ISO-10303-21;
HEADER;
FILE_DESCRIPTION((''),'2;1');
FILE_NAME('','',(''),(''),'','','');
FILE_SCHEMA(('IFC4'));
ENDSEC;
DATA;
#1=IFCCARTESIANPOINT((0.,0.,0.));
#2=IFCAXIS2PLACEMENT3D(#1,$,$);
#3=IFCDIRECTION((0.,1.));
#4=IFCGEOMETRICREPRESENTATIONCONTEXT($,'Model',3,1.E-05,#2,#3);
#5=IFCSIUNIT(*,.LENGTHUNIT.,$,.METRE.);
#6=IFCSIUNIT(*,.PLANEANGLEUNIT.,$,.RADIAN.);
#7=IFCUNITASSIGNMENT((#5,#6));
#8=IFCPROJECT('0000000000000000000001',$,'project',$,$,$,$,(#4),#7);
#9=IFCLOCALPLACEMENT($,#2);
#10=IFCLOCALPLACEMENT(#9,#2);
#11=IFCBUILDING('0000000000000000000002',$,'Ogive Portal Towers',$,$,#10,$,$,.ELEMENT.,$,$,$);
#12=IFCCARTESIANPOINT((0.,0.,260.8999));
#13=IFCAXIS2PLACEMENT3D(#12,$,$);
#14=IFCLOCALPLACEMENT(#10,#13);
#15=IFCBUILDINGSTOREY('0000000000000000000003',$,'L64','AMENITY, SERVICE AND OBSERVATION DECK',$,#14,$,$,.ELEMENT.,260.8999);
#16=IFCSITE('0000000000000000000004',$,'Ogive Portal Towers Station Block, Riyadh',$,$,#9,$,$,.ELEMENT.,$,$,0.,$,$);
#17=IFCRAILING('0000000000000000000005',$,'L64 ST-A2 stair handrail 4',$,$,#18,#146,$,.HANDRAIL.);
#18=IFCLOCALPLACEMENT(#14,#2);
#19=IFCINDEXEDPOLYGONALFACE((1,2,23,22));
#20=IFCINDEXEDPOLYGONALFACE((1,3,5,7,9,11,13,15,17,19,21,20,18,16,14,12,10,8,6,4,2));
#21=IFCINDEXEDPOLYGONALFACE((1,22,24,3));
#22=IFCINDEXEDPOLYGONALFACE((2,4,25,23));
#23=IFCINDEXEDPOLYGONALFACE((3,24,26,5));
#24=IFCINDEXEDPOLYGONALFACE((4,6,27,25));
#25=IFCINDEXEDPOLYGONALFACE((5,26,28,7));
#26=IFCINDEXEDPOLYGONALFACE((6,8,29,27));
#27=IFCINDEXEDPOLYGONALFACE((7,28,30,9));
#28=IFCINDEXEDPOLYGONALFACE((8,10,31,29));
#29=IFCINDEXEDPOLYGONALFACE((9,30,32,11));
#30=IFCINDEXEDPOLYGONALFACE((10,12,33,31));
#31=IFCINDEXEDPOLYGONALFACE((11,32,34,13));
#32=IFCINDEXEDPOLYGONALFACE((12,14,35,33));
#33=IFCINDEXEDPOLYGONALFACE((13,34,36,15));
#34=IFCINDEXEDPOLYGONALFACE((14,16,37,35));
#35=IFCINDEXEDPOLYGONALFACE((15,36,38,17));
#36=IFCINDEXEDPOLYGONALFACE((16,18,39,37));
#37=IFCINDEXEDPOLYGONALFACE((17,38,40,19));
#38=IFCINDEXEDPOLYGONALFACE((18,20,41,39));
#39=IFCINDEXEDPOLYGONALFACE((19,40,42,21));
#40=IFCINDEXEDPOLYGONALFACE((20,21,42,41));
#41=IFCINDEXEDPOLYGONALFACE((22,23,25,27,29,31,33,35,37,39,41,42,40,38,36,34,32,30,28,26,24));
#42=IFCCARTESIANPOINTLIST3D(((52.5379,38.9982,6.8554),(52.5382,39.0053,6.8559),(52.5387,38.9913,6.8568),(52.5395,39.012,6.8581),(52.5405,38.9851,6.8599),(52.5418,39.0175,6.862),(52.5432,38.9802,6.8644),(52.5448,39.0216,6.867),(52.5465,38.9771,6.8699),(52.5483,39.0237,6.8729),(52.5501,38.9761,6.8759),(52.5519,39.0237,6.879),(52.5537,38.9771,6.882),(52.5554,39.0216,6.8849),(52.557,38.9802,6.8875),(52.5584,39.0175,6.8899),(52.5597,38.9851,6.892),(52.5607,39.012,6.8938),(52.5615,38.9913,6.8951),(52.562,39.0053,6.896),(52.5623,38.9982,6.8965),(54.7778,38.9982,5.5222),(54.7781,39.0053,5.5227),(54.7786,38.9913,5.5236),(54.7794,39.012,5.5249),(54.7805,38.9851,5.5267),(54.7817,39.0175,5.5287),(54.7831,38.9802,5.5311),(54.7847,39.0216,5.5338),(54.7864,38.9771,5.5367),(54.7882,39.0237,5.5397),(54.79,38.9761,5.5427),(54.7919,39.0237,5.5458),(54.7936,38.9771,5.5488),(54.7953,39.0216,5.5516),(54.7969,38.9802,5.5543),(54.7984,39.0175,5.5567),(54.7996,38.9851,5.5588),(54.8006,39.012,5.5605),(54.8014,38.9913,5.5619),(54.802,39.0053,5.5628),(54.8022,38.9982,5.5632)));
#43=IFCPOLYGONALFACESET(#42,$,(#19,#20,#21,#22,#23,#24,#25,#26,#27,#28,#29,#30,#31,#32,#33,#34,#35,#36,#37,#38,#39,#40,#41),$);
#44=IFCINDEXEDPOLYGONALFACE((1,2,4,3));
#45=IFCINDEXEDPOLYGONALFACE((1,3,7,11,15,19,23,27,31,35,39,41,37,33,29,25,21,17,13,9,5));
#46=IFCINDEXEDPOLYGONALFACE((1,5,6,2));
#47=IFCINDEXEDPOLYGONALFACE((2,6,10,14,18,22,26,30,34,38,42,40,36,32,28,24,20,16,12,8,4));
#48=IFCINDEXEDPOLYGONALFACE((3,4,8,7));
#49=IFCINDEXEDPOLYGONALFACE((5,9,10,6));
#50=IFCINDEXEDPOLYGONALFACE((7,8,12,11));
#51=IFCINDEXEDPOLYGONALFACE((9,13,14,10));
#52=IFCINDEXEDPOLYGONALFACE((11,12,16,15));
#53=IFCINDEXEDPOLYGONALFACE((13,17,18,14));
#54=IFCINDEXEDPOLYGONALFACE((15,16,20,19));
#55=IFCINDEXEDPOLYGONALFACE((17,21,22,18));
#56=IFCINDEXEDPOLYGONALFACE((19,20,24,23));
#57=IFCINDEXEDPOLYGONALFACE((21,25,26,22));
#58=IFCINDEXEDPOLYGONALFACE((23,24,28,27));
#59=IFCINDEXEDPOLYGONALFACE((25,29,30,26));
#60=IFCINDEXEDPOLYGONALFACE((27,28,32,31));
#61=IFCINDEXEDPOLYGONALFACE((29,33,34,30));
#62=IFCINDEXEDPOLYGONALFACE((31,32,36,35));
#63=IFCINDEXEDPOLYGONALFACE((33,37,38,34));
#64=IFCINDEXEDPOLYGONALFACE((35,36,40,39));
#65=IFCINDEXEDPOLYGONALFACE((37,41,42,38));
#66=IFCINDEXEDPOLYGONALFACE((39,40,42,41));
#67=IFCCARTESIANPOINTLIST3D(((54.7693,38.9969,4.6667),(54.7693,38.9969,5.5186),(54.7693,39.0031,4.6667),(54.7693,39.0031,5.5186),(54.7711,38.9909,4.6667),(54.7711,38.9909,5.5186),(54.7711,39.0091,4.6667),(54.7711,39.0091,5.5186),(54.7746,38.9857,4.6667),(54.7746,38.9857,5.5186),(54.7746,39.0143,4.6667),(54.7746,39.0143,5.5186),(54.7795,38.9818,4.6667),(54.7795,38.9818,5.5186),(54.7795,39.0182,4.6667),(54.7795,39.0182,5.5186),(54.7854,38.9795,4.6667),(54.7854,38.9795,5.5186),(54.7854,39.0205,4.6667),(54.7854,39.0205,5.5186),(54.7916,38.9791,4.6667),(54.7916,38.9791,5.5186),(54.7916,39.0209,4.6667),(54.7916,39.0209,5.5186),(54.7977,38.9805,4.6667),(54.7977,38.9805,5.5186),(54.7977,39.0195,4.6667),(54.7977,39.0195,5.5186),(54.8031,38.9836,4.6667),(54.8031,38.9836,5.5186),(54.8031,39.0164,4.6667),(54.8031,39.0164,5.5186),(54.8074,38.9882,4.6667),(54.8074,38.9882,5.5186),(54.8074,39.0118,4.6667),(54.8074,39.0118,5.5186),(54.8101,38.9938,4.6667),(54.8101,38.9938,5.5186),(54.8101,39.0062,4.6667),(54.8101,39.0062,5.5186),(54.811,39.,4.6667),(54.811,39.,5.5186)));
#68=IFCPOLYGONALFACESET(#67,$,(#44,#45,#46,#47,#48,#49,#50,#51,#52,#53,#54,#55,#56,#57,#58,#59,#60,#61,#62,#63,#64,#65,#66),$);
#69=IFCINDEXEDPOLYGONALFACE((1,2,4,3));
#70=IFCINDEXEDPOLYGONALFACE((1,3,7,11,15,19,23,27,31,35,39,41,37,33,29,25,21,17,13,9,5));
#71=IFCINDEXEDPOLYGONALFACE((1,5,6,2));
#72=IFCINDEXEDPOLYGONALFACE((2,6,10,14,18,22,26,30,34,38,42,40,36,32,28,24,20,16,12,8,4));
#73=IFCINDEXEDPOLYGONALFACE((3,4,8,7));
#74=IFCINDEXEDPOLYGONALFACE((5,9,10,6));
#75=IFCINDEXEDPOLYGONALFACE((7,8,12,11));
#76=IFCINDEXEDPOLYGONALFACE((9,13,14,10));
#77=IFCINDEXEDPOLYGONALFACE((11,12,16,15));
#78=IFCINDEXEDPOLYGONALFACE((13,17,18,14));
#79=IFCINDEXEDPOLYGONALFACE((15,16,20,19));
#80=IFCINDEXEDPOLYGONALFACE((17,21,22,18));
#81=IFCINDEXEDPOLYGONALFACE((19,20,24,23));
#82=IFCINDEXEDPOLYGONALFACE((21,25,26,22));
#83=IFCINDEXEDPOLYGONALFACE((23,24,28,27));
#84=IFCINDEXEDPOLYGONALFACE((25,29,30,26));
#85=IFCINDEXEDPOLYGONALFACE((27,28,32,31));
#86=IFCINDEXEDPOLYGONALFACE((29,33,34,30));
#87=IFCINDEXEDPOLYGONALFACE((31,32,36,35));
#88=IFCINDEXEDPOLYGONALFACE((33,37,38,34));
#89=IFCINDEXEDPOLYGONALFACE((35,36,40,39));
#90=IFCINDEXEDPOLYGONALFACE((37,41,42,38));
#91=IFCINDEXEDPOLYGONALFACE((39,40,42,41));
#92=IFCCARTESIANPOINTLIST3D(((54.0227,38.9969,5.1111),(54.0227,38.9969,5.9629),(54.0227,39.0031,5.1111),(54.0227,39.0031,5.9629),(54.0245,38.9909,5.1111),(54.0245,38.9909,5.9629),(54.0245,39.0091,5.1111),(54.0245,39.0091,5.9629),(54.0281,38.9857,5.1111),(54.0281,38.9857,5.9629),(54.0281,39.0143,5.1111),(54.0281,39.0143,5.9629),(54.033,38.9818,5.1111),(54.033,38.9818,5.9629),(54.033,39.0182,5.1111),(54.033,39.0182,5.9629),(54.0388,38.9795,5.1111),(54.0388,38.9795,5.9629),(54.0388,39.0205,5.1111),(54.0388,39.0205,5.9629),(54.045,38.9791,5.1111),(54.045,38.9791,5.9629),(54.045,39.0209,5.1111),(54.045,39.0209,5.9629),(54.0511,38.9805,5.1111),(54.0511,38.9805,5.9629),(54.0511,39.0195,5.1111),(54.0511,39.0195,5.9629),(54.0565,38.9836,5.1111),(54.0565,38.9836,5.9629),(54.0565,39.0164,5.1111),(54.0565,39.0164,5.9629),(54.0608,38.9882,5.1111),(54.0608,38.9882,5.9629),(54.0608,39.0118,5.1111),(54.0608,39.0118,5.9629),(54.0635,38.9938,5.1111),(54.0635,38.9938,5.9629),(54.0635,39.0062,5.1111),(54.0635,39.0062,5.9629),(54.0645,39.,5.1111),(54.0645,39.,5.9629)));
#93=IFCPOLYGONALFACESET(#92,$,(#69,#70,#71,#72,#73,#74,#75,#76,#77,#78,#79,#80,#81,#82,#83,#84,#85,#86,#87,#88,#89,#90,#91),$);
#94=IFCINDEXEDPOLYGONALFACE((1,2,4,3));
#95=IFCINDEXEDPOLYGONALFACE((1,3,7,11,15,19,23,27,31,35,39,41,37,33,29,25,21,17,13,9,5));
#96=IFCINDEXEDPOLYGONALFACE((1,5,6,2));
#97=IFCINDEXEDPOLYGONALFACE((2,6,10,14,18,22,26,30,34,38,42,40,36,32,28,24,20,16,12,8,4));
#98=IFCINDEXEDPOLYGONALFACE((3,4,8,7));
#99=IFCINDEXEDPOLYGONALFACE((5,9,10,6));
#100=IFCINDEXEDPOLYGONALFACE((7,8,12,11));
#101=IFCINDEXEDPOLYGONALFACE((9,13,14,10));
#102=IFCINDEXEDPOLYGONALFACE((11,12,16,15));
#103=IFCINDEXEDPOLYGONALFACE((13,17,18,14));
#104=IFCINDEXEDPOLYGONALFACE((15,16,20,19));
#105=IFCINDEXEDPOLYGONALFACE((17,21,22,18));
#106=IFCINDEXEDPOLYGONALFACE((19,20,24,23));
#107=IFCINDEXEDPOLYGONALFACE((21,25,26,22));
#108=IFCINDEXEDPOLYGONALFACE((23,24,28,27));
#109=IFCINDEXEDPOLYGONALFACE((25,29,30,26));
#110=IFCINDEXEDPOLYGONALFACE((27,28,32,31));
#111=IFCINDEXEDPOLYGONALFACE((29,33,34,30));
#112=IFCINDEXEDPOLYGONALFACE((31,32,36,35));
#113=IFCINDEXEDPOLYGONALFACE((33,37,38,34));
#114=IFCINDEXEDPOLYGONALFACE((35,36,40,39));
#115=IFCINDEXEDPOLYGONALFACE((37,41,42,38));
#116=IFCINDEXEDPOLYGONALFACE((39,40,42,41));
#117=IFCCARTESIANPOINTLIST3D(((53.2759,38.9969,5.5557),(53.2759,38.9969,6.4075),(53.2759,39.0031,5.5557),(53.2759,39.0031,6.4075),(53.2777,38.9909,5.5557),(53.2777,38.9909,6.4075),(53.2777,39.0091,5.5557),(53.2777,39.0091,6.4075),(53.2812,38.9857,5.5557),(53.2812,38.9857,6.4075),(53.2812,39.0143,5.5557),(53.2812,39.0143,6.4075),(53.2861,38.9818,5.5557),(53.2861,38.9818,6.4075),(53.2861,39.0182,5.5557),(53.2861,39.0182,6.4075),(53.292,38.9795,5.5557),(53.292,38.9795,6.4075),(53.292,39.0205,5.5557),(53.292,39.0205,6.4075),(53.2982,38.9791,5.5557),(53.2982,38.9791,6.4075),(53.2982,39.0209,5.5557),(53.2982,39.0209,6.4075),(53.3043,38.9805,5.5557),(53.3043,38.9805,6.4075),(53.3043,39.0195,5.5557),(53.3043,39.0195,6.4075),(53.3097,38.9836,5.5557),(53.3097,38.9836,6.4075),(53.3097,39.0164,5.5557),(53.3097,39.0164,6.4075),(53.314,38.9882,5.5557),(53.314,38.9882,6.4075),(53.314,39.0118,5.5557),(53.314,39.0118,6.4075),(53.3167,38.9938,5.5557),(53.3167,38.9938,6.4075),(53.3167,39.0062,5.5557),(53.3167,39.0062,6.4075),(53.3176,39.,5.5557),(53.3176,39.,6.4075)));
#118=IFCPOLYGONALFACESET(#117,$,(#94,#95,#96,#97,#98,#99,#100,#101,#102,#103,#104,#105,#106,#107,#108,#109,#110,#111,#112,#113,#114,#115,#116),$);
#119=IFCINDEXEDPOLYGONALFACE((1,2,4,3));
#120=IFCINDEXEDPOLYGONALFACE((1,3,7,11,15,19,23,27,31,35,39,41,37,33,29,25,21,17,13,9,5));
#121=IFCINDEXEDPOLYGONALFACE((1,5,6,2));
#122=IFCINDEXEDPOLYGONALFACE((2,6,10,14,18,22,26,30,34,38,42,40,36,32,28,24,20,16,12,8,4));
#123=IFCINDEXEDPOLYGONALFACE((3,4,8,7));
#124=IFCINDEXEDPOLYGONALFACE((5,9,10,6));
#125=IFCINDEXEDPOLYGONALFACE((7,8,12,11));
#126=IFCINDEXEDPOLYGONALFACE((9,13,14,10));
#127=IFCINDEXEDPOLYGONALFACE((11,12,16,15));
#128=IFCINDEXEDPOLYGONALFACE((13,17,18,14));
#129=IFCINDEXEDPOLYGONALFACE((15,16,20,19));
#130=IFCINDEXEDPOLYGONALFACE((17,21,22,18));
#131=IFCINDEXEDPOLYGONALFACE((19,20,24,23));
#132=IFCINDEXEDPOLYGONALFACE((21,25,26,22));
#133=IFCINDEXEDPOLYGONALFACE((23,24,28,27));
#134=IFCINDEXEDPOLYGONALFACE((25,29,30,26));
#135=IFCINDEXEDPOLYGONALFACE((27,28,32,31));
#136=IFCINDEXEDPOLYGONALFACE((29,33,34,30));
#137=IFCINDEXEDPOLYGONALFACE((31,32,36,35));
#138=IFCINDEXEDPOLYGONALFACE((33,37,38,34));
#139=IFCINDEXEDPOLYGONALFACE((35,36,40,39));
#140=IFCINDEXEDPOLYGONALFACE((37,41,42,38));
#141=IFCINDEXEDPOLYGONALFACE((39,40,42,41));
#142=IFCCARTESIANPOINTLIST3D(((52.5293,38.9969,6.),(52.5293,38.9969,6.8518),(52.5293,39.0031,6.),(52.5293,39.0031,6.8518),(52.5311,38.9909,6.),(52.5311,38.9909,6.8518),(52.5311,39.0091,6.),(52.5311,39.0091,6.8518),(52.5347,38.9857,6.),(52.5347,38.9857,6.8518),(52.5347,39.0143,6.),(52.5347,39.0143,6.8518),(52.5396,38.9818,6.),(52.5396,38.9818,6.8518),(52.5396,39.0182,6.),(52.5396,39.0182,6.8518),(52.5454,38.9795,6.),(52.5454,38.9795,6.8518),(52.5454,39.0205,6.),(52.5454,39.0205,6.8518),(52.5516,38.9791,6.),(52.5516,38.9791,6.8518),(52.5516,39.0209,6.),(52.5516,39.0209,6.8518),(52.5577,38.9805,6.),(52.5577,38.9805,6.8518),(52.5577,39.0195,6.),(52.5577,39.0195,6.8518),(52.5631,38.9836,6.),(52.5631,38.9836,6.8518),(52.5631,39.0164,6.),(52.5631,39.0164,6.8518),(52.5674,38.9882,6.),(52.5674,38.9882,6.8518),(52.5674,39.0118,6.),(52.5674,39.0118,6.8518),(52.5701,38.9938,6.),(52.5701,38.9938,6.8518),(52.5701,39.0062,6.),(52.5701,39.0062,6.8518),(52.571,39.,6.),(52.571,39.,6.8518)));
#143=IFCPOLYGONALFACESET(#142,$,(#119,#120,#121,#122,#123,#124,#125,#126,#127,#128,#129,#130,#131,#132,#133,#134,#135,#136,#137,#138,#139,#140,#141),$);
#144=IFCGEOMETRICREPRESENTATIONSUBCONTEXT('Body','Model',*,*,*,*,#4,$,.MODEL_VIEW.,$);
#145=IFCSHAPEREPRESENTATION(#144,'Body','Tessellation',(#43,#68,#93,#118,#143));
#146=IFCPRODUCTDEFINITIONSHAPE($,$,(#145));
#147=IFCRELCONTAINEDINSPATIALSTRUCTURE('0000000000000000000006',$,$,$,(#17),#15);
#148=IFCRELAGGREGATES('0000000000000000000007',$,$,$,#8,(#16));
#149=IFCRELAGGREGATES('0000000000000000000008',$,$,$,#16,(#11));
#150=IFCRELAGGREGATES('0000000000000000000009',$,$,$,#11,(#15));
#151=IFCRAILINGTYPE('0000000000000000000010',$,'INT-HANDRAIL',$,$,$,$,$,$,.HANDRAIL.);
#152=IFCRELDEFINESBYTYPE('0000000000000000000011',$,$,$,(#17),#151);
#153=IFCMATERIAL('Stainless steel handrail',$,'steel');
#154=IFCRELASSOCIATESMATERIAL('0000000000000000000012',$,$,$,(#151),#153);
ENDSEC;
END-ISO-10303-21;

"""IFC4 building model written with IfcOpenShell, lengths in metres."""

from ifc_helpers import new_model, si_unit, direction, frame, origin, origin_2d, place, context, subcontext, project, spatial, circle, extrude, material, type_object, element, save


model = new_model("IFC4")

# Units and contexts
model_context = context("Model", 3, precision=1e-05, world=origin(), true_north=direction((0.0, 1.0)))
body_context = subcontext(model_context, "Body", "Model", "MODEL_VIEW")
ifc_project = project(units=[si_unit("LENGTHUNIT", "METRE"), si_unit("PLANEANGLEUNIT", "RADIAN")], contexts=[model_context])

# Site, building, storey
site_placement = place(None, origin())
site = spatial("IfcSite", under=ifc_project, at=site_placement, Name="Ogive Portal Towers Station Block, Riyadh", CompositionType="ELEMENT", RefElevation=0.0)
building_placement = place(site_placement, origin())
building = spatial("IfcBuilding", under=site, at=building_placement, Name="Ogive Portal Towers", CompositionType="ELEMENT")
storey_placement = place(building_placement, frame((0.0, 0.0, 260.8999)))
storey = spatial("IfcBuildingStorey", under=building, at=storey_placement, Name="L64", Description="AMENITY, SERVICE AND OBSERVATION DECK", CompositionType="ELEMENT", Elevation=260.8999)

# Railing
ifc_material_1 = material(Name="Stainless steel handrail", Category="steel")
railing_type_1 = type_object("IfcRailingType", Name="INT-HANDRAIL", PredefinedType="HANDRAIL", material=ifc_material_1)
railing_1_placement = place(storey_placement, frame((54.79, 39.0, 4.6667)))
element("IfcRailing", 1, at=railing_1_placement, inside=storey, type_object=railing_type_1, Name="L64 ST-A2 stair handrail 4", PredefinedType="HANDRAIL", context=body_context, shape_type="SweptSolid", body=[
    extrude(circle(Radius=0.0239, at=origin_2d()), frame((0.0, 0.0, 0.876), z_axis=(-0.859306, 0.0, 0.511462), x_axis=(0.0, -1.0, 0.0)), (0.0, 0.0, 1.0), 2.6067),
    extrude(circle(Radius=0.021, at=origin_2d()), origin(), (0.0, 0.0, 1.0), 0.8518),
    extrude(circle(Radius=0.021, at=origin_2d()), frame((-0.7466, 0.0, 0.4443)), (0.0, 0.0, 1.0), 0.8518),
    extrude(circle(Radius=0.021, at=origin_2d()), frame((-1.4934, 0.0, 0.8889)), (0.0, 0.0, 1.0), 0.8518),
    extrude(circle(Radius=0.021, at=origin_2d()), frame((-2.24, 0.0, 1.3333)), (0.0, 0.0, 1.0), 0.8518),
])

save(model, "model.ifc")
